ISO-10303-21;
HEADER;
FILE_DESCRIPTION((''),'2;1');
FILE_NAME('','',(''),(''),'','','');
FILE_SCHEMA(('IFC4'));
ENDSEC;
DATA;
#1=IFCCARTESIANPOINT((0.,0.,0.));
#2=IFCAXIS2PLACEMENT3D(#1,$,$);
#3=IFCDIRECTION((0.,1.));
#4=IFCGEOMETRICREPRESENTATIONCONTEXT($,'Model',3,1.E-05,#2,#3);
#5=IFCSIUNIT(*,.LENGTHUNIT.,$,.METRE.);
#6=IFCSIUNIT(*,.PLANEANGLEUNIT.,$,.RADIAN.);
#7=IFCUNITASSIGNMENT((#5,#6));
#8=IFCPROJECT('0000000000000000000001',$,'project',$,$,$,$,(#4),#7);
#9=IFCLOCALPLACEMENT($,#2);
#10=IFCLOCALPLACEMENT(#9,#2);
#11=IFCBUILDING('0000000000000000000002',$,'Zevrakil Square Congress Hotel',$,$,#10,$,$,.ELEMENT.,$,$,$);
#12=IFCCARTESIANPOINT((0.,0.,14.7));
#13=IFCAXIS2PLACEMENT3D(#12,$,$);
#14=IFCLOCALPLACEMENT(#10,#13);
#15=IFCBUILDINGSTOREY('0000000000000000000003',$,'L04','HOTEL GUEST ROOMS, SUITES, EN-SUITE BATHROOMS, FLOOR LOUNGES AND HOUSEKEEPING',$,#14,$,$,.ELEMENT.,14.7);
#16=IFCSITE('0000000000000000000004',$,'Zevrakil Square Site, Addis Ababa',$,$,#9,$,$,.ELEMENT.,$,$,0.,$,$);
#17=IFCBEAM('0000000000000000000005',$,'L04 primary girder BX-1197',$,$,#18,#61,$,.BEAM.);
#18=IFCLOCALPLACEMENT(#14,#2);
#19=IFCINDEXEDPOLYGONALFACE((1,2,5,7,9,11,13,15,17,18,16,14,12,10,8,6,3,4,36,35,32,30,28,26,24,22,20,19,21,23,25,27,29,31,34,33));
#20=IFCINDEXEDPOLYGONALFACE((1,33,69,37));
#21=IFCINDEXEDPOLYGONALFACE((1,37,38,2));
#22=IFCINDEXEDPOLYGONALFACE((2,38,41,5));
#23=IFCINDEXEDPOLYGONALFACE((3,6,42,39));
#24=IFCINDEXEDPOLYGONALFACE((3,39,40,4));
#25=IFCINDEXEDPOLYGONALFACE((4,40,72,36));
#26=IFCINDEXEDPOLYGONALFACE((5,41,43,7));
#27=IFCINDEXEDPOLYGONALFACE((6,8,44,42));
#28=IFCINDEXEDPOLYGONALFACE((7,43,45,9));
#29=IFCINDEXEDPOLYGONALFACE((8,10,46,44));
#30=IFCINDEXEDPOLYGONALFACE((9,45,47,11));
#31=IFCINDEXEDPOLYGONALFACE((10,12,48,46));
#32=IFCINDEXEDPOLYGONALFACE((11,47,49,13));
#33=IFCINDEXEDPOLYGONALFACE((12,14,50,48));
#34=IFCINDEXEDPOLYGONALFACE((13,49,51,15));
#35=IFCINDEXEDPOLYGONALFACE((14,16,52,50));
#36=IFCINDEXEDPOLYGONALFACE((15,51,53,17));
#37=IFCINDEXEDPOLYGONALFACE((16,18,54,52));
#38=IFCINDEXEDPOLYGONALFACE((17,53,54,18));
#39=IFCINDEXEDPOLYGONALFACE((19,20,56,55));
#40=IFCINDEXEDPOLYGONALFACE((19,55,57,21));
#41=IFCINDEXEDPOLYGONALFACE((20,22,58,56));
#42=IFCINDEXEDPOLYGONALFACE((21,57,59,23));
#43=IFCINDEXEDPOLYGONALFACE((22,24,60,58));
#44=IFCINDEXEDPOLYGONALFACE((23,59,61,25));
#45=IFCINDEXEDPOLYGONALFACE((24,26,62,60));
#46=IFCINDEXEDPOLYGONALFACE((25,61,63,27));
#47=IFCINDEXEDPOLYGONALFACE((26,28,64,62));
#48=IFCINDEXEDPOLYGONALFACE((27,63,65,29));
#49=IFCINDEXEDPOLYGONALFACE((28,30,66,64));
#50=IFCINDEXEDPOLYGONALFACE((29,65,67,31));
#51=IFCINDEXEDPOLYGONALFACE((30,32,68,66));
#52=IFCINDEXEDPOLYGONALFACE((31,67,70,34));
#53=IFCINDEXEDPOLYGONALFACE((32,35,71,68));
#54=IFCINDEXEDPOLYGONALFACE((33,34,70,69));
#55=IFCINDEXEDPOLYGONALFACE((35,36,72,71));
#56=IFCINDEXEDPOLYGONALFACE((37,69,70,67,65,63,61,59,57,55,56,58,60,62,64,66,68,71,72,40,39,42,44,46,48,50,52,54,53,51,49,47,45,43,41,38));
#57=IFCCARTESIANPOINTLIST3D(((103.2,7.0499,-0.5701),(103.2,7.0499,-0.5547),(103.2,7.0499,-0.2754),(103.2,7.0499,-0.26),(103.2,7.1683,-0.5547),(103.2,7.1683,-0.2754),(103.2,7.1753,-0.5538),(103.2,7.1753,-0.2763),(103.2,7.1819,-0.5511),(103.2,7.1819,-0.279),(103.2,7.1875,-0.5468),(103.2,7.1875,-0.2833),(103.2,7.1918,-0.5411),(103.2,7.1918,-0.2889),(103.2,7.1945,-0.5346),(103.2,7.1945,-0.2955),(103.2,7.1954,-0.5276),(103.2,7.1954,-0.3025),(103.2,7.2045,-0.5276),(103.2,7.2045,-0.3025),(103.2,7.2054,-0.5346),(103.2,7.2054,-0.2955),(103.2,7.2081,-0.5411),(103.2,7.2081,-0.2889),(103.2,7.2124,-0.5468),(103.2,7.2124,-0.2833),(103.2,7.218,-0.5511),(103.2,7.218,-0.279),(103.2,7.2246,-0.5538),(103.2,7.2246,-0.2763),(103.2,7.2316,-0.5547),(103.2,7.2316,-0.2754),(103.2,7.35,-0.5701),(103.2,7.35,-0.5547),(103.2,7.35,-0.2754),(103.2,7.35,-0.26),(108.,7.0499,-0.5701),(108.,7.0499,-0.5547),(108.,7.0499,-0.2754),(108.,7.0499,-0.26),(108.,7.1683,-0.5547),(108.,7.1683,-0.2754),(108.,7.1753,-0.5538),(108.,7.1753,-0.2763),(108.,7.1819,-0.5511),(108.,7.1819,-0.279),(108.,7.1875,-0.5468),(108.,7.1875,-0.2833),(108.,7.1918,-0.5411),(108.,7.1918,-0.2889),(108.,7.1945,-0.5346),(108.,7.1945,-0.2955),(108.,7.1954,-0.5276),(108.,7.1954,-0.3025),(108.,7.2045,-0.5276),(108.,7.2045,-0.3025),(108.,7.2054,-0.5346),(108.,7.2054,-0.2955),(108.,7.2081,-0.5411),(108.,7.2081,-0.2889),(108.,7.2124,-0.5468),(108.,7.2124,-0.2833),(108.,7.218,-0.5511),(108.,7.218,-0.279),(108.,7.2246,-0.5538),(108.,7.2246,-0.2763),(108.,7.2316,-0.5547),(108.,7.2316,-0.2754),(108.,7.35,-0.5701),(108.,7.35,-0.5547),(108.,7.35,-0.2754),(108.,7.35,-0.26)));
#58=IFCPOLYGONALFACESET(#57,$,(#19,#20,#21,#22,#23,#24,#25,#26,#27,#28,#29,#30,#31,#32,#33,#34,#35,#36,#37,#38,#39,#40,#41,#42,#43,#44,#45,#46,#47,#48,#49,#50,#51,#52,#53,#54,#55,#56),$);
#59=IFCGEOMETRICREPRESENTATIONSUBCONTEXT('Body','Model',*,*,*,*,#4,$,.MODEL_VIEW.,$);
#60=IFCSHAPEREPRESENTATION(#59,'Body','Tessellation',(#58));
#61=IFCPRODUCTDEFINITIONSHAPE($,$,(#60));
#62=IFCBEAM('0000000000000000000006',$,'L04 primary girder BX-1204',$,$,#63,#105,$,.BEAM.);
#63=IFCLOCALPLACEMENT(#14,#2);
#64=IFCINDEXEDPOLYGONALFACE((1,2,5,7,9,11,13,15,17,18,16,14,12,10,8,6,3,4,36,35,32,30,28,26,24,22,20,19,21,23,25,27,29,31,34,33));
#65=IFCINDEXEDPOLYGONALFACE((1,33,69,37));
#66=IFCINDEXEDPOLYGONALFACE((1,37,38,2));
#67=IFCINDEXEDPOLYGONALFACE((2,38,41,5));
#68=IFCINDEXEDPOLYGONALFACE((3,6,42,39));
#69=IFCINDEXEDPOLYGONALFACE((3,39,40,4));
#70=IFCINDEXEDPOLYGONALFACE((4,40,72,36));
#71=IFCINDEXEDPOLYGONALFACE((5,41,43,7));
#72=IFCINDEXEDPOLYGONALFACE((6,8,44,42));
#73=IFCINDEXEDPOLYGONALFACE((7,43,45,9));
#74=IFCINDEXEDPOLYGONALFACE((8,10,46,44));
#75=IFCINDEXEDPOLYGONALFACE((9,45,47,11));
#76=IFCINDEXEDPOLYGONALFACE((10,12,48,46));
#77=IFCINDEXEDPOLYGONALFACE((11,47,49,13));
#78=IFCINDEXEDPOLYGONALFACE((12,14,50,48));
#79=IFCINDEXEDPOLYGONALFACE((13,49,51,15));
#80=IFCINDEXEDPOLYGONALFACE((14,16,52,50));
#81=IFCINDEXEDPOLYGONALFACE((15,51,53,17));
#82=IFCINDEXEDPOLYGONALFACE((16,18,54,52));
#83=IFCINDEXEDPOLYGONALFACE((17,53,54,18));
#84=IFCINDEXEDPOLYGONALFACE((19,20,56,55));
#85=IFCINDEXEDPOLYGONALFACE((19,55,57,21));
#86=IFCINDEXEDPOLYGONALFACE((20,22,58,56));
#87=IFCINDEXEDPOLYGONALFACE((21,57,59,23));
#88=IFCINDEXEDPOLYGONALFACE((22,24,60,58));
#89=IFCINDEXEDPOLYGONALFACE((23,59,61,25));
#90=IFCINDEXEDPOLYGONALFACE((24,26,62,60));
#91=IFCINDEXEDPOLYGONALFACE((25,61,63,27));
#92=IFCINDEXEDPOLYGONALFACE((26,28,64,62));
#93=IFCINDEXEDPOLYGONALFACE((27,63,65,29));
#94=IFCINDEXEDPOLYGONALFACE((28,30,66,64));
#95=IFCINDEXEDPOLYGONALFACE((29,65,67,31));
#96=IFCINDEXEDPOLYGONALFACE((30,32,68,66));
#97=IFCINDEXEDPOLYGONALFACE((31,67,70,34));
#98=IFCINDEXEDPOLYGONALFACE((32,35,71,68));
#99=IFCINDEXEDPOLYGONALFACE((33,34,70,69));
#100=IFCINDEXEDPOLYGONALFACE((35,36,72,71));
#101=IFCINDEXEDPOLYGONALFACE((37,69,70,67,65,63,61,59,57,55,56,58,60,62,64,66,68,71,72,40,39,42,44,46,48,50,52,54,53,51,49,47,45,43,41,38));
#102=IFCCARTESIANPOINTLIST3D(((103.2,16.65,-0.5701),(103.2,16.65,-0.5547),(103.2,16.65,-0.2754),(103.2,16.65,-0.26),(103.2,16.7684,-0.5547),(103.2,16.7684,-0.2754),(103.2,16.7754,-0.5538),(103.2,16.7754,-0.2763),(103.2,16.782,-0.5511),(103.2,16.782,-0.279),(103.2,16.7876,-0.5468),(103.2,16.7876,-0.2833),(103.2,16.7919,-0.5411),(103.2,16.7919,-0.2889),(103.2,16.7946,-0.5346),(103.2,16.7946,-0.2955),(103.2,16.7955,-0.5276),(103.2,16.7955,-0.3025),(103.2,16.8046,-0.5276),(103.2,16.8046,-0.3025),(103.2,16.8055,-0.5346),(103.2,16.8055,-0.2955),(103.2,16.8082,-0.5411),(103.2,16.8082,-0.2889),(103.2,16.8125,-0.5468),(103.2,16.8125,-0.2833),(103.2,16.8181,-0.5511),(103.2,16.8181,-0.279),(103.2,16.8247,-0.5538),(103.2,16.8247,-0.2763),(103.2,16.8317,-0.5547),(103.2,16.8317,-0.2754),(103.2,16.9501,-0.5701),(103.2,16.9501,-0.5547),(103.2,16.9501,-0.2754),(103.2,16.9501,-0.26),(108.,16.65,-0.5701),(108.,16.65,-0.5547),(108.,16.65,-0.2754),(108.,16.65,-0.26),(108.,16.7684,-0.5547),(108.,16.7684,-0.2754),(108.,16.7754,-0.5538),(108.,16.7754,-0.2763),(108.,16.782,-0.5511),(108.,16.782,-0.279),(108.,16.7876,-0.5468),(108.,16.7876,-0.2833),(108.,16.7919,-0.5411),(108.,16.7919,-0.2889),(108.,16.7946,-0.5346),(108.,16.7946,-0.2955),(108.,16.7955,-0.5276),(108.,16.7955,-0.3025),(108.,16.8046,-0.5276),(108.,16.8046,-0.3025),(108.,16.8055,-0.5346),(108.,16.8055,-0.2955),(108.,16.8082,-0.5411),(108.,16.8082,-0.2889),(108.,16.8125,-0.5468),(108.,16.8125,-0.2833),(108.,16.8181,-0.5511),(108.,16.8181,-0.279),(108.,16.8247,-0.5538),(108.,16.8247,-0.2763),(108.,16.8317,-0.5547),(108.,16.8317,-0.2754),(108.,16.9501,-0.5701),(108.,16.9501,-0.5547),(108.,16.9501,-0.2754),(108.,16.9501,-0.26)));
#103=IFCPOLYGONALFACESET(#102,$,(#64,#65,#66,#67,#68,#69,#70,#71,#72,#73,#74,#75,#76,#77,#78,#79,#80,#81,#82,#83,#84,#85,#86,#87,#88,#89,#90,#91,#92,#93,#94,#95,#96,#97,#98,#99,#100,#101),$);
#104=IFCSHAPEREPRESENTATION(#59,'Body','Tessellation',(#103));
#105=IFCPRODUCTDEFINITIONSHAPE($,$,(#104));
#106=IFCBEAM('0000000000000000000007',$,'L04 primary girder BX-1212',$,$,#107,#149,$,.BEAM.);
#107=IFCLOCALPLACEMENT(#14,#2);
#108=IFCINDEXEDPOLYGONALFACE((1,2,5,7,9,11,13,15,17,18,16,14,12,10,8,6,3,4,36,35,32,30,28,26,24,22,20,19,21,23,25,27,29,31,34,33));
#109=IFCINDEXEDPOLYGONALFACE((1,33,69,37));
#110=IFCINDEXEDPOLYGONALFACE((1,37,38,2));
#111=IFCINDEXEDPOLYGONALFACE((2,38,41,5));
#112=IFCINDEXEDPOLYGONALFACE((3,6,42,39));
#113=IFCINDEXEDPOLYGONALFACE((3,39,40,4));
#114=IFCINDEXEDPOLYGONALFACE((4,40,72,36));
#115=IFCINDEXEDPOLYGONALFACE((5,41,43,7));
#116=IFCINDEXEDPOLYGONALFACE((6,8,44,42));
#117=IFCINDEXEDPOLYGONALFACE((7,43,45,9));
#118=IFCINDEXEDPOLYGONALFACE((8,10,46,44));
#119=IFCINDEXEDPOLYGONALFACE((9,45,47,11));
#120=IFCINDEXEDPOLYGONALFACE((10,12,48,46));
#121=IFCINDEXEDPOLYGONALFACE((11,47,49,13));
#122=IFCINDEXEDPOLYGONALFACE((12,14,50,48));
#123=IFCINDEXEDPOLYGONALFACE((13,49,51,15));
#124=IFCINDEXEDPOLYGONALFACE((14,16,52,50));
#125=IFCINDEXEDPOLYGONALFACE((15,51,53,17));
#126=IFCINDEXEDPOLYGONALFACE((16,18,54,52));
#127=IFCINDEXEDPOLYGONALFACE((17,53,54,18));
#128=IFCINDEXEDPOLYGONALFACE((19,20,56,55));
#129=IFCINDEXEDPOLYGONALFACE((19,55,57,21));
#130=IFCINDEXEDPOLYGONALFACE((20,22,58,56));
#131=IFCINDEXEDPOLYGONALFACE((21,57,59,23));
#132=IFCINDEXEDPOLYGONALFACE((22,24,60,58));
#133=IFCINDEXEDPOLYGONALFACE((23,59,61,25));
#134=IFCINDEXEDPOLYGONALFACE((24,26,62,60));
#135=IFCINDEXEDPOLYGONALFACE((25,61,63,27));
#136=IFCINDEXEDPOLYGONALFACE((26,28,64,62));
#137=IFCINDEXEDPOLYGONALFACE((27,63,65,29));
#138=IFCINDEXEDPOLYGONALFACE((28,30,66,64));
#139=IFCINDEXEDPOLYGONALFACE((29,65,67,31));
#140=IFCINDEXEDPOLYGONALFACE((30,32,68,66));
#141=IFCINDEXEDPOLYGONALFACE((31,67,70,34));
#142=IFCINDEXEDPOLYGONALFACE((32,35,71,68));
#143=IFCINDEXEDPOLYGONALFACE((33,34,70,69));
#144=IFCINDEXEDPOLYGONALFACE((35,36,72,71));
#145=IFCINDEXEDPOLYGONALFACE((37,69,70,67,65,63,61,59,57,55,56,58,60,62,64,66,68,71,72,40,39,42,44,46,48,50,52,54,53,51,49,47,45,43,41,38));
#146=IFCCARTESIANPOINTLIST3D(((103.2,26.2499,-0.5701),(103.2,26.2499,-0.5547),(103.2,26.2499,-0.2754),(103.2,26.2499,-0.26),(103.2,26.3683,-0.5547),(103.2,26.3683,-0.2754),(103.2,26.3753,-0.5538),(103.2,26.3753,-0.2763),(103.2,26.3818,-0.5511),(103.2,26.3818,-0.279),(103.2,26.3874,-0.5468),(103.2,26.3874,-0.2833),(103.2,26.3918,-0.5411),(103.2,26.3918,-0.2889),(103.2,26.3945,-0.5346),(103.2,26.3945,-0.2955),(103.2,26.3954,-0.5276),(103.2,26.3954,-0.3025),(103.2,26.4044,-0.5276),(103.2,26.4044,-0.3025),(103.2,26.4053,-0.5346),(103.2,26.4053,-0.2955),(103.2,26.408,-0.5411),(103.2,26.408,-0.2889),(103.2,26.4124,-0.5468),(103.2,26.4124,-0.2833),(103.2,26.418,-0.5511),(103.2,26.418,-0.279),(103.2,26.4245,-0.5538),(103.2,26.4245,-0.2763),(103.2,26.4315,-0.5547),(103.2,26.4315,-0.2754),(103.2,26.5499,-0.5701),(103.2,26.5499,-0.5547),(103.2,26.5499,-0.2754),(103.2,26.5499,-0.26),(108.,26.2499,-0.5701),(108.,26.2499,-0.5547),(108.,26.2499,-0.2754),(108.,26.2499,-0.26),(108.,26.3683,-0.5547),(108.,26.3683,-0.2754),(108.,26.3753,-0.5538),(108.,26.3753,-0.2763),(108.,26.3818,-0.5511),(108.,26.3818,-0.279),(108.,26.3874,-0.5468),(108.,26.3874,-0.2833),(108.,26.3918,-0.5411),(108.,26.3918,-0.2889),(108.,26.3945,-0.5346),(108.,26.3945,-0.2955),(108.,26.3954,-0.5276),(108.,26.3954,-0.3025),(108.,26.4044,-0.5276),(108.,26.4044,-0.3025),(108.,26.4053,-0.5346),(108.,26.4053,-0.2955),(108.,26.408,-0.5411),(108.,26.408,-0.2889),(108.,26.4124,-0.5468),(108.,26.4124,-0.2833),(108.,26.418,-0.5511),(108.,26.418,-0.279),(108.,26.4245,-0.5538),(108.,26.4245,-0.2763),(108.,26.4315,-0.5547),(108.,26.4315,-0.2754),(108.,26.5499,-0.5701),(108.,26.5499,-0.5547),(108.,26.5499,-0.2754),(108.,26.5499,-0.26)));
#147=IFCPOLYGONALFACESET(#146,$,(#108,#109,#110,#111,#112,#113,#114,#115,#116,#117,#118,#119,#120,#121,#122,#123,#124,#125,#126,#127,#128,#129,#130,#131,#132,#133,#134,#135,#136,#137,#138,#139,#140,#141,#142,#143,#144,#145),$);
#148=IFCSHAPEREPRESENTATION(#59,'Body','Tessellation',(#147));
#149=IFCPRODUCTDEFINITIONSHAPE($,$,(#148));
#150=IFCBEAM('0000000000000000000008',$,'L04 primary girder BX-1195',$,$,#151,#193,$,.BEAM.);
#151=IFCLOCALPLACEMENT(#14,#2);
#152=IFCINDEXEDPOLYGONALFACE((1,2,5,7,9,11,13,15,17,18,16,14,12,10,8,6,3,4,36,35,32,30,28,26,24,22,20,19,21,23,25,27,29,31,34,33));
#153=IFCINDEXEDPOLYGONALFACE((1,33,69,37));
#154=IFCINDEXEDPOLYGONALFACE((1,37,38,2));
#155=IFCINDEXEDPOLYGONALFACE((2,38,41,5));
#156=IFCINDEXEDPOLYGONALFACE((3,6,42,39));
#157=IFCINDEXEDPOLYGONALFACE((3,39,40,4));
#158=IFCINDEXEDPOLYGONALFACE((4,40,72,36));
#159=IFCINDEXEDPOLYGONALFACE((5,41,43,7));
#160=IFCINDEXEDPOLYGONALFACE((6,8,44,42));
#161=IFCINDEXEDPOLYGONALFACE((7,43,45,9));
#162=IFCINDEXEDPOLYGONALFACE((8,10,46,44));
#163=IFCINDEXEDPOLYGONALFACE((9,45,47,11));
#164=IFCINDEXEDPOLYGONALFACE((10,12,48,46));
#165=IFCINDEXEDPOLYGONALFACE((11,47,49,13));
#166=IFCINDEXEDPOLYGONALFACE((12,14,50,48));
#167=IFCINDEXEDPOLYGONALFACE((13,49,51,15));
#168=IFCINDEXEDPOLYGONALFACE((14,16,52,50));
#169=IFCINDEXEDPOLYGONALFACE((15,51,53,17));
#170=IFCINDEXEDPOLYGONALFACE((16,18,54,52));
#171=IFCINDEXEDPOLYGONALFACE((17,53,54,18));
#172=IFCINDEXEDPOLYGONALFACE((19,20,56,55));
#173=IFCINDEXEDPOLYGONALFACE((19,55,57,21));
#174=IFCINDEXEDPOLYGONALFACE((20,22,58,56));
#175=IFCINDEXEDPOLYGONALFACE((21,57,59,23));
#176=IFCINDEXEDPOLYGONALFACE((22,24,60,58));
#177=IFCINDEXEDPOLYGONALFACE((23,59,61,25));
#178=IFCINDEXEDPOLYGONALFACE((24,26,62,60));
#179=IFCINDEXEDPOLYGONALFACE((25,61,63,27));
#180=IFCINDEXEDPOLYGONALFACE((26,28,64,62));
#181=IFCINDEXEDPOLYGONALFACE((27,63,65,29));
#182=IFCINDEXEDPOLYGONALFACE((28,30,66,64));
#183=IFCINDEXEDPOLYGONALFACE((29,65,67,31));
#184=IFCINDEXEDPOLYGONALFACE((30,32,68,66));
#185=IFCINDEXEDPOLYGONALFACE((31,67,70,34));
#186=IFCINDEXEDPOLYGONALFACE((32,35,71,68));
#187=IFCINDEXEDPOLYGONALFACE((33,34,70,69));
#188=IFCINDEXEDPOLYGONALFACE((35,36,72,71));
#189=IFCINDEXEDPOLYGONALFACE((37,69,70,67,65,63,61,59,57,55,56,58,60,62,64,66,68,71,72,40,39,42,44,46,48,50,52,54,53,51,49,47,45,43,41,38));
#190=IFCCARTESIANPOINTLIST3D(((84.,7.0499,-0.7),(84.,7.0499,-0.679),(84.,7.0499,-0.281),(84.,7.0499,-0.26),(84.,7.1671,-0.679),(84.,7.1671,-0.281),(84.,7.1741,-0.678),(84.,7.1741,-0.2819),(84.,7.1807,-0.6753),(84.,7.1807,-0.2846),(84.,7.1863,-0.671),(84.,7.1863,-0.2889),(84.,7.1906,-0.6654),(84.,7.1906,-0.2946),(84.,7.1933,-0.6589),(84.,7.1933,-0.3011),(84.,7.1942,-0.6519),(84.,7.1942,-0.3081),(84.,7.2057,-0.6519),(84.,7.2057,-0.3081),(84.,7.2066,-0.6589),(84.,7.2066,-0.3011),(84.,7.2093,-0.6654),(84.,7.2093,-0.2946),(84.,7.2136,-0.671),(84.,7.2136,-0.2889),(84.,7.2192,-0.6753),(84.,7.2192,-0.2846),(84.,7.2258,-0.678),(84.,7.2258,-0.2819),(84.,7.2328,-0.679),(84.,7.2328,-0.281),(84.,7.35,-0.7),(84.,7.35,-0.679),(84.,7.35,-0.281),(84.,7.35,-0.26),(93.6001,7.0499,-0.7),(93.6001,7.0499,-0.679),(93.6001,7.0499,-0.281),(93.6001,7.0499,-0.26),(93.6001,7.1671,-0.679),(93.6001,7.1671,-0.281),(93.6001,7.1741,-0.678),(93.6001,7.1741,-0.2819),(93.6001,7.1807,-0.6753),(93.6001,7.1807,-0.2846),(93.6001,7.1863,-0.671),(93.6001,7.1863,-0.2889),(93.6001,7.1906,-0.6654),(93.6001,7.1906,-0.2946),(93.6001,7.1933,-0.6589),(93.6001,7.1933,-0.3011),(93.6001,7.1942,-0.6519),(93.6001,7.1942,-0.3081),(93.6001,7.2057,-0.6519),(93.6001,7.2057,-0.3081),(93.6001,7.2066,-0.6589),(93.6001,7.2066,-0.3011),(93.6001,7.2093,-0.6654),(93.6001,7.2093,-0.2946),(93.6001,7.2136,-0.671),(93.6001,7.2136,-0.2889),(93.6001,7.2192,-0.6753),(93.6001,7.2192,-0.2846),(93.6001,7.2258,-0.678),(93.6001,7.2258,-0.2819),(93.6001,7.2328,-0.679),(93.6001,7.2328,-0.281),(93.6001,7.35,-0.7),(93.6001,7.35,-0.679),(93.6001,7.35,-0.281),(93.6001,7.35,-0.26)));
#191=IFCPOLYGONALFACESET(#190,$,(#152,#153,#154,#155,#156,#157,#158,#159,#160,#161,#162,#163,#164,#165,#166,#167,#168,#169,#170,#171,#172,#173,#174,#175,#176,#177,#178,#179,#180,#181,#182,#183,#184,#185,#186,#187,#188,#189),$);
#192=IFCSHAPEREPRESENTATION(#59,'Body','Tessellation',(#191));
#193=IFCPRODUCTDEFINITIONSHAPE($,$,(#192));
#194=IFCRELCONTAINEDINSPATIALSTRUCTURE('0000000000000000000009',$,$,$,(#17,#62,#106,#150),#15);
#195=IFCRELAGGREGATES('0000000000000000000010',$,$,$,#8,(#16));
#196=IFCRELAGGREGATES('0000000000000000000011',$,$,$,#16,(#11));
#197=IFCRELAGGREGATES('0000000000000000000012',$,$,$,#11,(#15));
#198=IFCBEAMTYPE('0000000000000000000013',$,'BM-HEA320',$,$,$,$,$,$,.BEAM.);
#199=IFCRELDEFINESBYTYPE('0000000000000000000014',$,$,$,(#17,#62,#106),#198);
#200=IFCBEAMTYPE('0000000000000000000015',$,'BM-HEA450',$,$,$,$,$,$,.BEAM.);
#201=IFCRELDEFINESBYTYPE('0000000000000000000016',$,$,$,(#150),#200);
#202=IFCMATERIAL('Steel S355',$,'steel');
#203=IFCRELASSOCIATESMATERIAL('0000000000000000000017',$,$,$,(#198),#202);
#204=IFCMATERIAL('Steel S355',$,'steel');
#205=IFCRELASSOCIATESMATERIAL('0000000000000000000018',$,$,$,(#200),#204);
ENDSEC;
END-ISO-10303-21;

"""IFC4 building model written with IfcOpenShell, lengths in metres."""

from ifc_helpers import new_model, si_unit, direction, frame, origin, origin_2d, place, context, subcontext, project, spatial, i_section, extrude, material, material_profile, profile_set, type_object, element, save


model = new_model("IFC4")

# Units and contexts
model_context = context("Model", 3, precision=1e-05, world=origin(), true_north=direction((0.0, 1.0)))
body_context = subcontext(model_context, "Body", "Model", "MODEL_VIEW")
ifc_project = project(units=[si_unit("LENGTHUNIT", "METRE"), si_unit("PLANEANGLEUNIT", "RADIAN")], contexts=[model_context])

# Site, building, storey
site_placement = place(None, origin())
site = spatial("IfcSite", under=ifc_project, at=site_placement, Name="Zevrakil Square Site, Addis Ababa", CompositionType="ELEMENT", RefElevation=0.0)
building_placement = place(site_placement, origin())
building = spatial("IfcBuilding", under=site, at=building_placement, Name="Zevrakil Square Congress Hotel", CompositionType="ELEMENT")
storey_placement = place(building_placement, frame((0.0, 0.0, 14.7)))
storey = spatial("IfcBuildingStorey", under=building, at=storey_placement, Name="L04", Description="HOTEL GUEST ROOMS, SUITES, EN-SUITE BATHROOMS, FLOOR LOUNGES AND HOUSEKEEPING", CompositionType="ELEMENT", Elevation=14.7)

# Beams
ifc_material_1 = material(Name="Steel S355", Category="steel")
ifc_material_profile_1 = material_profile(ifc_material_1, i_section(OverallWidth=0.3, OverallDepth=0.3101, WebThickness=0.009, FlangeThickness=0.0154, FilletRadius=0.0271, at=origin_2d()), Name="HEA 320")
ifc_profile_set_1 = profile_set([ifc_material_profile_1], Name="Steel S355")
beam_type_1 = type_object("IfcBeamType", Name="BM-HEA320", PredefinedType="BEAM", material=ifc_profile_set_1)
for number, where, z_axis, x_axis, name in (
    (1, (103.2, 7.2, -0.415), (1.0, 0.0, 0.0), (0.0, 1.0, 0.0), "L04 primary girder BX-1197"),
    (2, (103.2, 16.8, -0.415), (1.0, 0.0, 0.0), (0.0, 1.0, 0.0), "L04 primary girder BX-1204"),
    (3, (103.2, 26.3999, -0.415), (1.0, 0.0, 0.0), (0.0, 1.0, 0.0), "L04 primary girder BX-1212"),
):
    element("IfcBeam", number, at=place(storey_placement, frame(where, z_axis=z_axis, x_axis=x_axis)), inside=storey, type_object=beam_type_1, Name=name, PredefinedType="BEAM", context=body_context, shape_type="SweptSolid", body=[
        extrude(i_section(OverallWidth=0.3, OverallDepth=0.3101, WebThickness=0.009, FlangeThickness=0.0154, FilletRadius=0.0271, at=origin_2d()), origin(), (0.0, 0.0, 1.0), 4.8),
    ])
ifc_material_2 = material(Name="Steel S355", Category="steel")
ifc_material_profile_2 = material_profile(ifc_material_2, i_section(OverallWidth=0.3, OverallDepth=0.4399, WebThickness=0.0115, FlangeThickness=0.021, FilletRadius=0.0271, at=origin_2d()), Name="HEA 450")
ifc_profile_set_2 = profile_set([ifc_material_profile_2], Name="Steel S355")
beam_type_2 = type_object("IfcBeamType", Name="BM-HEA450", PredefinedType="BEAM", material=ifc_profile_set_2)
beam_1_placement = place(storey_placement, frame((84.0, 7.2, -0.48), z_axis=(1.0, 0.0, 0.0), x_axis=(0.0, 1.0, 0.0)))
element("IfcBeam", 4, at=beam_1_placement, inside=storey, type_object=beam_type_2, Name="L04 primary girder BX-1195", PredefinedType="BEAM", context=body_context, shape_type="SweptSolid", body=[
    extrude(i_section(OverallWidth=0.3, OverallDepth=0.4399, WebThickness=0.0115, FlangeThickness=0.021, FilletRadius=0.0271, at=origin_2d()), origin(), (0.0, 0.0, 1.0), 9.6001),
])

save(model, "model.ifc")
